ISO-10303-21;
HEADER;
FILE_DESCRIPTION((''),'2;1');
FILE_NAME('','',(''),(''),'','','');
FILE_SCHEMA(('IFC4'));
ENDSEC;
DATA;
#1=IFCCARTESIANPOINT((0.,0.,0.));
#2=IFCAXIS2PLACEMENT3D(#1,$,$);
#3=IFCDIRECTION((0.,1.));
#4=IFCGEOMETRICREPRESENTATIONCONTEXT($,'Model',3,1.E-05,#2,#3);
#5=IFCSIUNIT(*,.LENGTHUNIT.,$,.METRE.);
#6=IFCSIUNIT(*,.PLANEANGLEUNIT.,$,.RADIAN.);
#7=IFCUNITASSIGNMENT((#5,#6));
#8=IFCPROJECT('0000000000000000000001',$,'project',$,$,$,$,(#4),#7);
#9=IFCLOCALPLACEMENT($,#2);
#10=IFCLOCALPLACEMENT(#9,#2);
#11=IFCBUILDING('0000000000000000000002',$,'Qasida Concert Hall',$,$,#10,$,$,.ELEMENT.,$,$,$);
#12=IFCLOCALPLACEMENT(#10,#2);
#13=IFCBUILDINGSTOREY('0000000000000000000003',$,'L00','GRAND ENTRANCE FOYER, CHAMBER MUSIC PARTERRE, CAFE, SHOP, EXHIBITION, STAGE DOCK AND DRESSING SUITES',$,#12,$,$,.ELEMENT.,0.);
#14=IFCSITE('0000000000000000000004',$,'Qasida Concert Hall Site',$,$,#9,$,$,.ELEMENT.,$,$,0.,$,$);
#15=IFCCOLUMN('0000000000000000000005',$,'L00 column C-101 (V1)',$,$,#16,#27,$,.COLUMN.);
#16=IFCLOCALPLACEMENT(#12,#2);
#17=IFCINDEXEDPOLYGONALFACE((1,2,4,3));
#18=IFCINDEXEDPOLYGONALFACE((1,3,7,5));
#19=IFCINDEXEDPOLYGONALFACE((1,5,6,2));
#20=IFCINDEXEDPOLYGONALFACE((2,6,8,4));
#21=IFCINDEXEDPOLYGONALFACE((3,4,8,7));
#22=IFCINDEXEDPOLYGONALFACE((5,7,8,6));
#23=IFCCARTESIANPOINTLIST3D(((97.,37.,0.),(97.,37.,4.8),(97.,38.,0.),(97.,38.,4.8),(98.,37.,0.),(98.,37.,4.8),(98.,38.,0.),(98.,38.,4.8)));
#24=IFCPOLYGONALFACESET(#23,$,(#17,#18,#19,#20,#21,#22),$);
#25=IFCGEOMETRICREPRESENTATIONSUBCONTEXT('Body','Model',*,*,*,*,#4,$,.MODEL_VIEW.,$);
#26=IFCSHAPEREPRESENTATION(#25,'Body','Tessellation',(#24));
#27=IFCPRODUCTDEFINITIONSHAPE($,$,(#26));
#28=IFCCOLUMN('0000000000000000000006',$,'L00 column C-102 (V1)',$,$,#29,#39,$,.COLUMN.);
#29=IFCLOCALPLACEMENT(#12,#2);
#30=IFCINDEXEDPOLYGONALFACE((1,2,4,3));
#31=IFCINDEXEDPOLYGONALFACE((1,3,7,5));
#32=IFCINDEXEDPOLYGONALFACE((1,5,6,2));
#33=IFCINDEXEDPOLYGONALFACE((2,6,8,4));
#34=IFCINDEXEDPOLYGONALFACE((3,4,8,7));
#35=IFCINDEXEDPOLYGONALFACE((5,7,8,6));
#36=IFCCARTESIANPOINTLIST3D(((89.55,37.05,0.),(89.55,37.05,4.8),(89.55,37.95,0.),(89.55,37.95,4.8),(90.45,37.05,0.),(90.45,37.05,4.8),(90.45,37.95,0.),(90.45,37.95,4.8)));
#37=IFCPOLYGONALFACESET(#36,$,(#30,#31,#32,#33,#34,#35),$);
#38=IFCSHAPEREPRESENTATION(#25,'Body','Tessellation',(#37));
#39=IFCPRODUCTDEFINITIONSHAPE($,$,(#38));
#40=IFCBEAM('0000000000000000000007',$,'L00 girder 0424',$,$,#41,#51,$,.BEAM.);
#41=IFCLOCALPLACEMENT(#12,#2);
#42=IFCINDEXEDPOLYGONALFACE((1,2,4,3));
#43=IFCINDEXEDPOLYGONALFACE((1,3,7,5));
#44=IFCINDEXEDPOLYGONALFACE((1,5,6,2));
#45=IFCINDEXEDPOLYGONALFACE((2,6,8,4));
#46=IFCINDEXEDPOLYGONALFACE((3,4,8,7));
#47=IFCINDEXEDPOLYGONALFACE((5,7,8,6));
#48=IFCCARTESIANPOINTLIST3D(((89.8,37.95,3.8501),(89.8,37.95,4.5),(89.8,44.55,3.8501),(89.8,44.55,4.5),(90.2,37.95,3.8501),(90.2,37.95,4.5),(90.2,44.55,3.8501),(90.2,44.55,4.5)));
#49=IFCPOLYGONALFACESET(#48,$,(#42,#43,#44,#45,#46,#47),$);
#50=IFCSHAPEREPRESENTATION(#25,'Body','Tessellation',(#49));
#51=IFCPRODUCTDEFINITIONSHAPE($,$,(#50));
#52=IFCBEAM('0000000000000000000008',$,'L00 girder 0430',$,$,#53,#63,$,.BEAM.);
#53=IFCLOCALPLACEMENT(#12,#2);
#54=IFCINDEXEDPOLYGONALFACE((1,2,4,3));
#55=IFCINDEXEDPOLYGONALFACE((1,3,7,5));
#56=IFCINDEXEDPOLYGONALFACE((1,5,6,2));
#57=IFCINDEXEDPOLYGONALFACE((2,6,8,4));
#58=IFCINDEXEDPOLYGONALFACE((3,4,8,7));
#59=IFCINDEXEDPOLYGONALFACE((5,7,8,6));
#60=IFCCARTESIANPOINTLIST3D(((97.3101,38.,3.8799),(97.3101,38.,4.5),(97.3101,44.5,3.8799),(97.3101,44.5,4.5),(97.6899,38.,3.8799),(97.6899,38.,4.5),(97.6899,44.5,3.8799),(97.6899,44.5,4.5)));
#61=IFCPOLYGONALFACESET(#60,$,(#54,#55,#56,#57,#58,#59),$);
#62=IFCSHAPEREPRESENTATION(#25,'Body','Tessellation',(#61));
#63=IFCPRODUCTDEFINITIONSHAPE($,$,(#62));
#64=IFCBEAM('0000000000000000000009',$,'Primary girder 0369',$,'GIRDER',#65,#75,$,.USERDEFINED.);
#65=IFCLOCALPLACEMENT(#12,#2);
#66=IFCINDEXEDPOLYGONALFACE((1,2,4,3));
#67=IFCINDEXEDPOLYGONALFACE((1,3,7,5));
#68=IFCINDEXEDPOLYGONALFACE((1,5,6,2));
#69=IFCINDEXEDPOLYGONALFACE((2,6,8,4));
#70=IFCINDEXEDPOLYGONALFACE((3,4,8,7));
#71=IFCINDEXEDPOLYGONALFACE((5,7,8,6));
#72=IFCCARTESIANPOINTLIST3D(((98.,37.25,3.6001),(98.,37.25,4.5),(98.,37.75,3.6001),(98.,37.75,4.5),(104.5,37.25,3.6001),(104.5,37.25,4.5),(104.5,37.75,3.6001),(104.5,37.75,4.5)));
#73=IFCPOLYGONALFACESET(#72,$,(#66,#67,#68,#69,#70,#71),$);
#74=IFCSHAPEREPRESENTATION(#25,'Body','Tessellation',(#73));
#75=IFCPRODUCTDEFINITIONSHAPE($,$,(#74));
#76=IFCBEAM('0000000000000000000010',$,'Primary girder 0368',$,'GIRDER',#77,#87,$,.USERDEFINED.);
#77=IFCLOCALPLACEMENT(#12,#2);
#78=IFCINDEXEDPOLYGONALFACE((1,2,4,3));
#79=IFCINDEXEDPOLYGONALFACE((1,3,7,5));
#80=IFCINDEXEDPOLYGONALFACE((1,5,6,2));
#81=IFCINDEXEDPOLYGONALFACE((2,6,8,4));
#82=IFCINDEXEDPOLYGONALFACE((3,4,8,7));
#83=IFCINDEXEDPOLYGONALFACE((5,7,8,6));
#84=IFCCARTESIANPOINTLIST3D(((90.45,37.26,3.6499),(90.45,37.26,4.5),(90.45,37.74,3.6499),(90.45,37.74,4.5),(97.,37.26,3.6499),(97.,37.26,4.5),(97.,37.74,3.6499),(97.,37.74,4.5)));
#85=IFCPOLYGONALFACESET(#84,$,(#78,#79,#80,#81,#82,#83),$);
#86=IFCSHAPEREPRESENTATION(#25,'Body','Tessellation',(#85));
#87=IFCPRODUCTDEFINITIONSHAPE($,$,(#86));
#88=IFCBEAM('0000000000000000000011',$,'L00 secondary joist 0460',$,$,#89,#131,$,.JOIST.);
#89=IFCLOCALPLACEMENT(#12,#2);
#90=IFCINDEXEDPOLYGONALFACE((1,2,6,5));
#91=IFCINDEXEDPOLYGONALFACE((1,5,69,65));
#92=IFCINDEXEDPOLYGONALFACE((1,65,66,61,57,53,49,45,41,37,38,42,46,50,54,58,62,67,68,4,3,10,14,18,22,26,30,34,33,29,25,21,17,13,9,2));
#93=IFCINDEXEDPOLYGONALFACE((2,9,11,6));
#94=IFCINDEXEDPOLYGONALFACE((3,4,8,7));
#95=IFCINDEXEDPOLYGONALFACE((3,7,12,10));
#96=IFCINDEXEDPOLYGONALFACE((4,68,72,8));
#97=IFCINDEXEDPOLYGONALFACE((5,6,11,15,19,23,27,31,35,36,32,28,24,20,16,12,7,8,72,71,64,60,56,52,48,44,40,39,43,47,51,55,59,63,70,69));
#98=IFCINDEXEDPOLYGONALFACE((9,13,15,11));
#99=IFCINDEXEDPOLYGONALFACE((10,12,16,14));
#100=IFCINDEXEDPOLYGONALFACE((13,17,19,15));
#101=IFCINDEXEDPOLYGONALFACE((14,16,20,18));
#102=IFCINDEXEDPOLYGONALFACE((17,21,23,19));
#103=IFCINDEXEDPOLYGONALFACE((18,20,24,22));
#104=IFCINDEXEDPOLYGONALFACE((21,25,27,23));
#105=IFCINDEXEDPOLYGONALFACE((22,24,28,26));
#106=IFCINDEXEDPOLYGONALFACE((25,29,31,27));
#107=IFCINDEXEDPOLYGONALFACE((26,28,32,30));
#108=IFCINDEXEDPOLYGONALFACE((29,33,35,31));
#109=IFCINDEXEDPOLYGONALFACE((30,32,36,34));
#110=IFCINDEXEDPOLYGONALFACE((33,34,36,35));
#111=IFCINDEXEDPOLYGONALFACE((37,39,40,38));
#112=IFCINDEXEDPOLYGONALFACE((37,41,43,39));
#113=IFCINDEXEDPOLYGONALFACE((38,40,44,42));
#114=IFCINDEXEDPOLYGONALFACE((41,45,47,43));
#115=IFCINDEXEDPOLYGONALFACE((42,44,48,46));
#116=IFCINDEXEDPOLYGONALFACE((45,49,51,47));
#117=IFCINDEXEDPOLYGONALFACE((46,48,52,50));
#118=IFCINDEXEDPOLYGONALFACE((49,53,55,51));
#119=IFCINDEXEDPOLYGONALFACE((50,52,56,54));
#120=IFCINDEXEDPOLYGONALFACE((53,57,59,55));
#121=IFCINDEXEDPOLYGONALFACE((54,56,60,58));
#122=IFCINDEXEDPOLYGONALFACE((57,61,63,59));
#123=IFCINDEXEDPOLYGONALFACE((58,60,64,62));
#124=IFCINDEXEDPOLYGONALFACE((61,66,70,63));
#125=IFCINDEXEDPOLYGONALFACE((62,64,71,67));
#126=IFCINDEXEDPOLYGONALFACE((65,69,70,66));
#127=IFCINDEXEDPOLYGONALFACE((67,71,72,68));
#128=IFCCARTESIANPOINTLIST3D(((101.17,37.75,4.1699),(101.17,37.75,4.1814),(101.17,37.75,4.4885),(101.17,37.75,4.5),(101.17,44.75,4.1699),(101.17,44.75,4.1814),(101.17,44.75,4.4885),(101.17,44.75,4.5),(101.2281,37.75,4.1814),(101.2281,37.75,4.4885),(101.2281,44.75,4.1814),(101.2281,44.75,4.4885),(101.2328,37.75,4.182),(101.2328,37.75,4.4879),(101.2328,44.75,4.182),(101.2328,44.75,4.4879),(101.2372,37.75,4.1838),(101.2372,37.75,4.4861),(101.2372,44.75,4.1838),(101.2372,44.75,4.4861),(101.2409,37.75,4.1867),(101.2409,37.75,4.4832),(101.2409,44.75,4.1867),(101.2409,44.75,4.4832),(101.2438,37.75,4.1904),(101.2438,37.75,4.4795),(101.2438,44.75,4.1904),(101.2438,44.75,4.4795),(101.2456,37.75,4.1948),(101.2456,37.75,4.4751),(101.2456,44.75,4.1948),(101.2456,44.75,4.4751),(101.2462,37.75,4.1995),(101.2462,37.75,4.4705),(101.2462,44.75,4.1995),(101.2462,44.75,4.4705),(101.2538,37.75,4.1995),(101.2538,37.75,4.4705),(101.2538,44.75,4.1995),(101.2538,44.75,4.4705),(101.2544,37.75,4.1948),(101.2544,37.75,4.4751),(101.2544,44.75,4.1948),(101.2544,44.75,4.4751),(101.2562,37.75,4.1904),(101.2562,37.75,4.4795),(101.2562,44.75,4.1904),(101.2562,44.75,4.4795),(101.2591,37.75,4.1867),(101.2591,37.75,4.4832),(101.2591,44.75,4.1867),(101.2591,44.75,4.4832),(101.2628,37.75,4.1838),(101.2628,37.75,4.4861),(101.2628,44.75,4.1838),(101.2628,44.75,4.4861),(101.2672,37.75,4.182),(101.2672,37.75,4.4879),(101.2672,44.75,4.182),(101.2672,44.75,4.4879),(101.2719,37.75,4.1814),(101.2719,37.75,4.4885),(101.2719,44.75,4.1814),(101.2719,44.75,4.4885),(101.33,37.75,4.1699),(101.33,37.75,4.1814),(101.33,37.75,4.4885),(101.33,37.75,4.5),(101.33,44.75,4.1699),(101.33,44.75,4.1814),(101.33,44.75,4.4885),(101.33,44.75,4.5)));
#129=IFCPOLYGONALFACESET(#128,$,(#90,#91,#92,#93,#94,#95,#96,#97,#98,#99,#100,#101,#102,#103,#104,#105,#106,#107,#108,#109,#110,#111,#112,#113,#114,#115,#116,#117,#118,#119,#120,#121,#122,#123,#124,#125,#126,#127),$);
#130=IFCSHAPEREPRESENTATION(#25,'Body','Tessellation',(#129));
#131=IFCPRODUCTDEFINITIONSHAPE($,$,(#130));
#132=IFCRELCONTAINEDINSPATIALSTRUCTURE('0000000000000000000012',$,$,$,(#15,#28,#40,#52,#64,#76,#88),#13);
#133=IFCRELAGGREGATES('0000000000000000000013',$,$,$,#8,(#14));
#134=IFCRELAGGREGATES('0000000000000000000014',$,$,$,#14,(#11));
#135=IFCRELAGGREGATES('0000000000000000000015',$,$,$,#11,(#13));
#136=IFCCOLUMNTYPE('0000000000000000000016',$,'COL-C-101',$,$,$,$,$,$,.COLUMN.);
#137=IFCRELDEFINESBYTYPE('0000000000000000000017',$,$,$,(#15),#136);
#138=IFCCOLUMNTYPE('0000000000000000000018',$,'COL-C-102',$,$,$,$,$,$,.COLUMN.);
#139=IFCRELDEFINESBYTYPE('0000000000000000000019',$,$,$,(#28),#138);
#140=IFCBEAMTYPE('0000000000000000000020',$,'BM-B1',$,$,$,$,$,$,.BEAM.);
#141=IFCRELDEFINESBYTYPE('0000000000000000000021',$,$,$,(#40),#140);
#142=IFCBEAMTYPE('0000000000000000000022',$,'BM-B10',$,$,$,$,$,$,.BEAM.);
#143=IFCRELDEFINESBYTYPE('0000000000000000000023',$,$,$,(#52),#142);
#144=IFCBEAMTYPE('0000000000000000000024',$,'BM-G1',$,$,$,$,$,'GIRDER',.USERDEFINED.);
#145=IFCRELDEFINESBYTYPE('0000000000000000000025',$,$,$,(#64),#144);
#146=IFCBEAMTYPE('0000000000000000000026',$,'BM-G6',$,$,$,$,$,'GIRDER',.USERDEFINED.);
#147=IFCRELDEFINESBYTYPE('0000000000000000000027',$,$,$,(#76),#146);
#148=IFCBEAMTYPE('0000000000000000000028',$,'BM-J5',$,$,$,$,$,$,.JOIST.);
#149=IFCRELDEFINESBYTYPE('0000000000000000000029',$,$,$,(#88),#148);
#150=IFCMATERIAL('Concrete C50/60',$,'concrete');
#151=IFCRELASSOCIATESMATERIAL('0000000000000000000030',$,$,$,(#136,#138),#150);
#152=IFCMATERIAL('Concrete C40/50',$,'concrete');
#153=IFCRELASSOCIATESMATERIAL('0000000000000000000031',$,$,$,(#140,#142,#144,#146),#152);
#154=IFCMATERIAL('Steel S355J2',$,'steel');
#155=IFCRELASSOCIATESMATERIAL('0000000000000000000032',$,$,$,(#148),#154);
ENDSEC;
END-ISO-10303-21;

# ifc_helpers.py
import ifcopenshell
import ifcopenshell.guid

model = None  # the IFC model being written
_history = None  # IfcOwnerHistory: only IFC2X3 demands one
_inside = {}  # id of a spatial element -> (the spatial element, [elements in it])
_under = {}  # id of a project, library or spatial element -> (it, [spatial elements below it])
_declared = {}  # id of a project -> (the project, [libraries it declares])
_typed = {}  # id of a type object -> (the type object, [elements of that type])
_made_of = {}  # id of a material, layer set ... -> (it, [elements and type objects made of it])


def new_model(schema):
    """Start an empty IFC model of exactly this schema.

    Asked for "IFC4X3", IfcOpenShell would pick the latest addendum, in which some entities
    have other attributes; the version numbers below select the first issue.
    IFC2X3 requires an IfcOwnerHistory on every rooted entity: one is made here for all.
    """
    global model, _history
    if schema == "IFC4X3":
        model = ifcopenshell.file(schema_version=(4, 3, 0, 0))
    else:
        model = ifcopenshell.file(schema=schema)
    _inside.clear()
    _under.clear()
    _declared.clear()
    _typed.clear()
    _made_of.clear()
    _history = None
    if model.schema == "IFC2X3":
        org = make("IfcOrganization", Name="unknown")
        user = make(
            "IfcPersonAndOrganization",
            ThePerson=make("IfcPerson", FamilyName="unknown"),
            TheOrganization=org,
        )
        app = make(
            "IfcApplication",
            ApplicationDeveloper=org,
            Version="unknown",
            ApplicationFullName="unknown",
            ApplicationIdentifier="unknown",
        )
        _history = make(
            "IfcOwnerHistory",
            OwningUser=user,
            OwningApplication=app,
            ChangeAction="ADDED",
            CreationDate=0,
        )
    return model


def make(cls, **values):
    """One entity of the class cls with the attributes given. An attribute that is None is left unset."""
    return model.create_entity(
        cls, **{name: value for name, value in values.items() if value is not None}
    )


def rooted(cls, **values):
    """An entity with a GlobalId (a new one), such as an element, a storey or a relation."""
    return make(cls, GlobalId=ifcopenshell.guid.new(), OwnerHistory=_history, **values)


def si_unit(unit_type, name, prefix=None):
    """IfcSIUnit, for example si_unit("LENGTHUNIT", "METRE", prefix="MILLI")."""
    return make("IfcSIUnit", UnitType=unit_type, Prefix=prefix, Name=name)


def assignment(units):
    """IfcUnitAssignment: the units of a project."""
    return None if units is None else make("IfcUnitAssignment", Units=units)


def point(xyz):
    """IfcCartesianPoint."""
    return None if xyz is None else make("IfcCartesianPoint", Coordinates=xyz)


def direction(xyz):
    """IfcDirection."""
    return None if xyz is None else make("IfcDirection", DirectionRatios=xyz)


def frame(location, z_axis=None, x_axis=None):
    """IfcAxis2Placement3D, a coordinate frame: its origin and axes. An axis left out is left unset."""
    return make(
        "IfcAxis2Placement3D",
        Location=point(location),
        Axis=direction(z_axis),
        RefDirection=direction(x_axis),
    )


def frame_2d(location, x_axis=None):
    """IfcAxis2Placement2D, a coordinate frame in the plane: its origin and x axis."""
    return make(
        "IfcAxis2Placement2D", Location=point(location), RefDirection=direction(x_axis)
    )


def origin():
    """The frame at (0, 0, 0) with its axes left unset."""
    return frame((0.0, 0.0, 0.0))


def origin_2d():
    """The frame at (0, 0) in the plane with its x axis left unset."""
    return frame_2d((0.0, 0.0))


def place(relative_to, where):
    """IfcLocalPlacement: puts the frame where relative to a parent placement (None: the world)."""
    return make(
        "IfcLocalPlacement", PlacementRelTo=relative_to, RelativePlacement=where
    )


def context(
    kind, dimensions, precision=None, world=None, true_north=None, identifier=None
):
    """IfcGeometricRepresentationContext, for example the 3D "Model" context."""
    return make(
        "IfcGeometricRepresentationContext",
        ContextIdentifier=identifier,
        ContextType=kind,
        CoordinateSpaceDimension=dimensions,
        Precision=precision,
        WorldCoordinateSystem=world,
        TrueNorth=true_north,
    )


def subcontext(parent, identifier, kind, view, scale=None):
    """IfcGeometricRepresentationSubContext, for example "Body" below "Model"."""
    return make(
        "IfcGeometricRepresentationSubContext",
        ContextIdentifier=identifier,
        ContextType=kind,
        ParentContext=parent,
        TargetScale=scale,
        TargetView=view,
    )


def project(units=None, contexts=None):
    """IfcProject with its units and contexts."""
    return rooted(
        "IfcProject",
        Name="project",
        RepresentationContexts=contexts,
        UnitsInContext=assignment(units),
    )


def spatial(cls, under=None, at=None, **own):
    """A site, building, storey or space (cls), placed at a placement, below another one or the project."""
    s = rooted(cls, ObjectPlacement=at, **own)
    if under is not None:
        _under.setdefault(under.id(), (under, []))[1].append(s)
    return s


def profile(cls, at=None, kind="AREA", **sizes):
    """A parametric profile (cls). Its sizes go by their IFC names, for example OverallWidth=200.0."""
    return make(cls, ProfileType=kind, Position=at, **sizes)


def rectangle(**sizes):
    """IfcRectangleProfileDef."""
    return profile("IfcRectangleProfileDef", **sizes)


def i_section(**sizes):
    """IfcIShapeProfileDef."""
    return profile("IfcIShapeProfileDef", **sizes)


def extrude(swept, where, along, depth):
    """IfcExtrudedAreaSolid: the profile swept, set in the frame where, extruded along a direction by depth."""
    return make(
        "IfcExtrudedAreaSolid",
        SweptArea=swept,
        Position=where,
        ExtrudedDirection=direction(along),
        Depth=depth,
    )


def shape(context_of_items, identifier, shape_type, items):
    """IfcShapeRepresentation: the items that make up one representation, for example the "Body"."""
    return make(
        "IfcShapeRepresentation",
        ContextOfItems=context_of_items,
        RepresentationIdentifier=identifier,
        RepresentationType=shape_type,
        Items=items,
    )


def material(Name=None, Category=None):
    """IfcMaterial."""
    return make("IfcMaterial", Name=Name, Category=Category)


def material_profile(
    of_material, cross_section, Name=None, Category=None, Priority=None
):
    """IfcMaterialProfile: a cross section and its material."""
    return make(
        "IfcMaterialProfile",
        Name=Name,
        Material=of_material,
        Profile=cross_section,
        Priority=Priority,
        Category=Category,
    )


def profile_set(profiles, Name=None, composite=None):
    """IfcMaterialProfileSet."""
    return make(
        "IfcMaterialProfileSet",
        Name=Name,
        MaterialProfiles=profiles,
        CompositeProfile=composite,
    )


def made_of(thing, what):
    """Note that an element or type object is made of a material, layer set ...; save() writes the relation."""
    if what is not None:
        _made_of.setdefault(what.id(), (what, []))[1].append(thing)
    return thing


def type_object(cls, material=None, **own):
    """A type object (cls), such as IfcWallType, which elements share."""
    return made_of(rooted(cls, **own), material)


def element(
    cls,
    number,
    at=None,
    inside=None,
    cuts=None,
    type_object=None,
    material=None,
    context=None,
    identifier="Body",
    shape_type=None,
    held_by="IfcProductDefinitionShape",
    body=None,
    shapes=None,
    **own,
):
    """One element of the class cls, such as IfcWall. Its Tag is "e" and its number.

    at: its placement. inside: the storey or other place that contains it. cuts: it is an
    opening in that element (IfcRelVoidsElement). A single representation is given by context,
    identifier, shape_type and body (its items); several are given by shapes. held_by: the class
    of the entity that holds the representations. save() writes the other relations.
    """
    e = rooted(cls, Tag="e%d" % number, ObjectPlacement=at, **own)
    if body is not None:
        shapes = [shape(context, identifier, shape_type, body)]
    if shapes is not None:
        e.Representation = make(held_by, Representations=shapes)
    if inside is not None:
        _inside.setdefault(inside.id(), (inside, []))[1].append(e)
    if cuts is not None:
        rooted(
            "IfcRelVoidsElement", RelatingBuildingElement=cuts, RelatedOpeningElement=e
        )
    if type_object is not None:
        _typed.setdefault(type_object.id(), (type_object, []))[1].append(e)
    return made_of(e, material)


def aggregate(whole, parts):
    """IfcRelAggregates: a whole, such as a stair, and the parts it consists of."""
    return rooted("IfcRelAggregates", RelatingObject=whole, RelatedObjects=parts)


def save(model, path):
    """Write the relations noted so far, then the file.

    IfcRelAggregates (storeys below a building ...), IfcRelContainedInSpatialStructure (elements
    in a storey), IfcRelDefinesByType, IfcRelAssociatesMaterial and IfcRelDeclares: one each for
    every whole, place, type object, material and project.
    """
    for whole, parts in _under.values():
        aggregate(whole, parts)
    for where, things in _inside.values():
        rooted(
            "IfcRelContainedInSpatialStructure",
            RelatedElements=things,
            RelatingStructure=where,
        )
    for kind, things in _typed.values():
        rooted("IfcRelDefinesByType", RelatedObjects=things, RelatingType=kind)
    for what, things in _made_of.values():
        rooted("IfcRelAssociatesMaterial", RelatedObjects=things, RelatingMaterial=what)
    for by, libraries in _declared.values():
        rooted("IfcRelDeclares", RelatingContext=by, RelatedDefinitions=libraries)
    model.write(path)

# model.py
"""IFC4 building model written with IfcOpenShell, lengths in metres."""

from ifc_helpers import new_model, si_unit, direction, frame, origin, origin_2d, place, context, subcontext, project, spatial, rectangle, i_section, extrude, material, material_profile, profile_set, type_object, element, save


model = new_model("IFC4")

# Units and contexts
model_context = context("Model", 3, precision=1e-05, world=origin(), true_north=direction((0.0, 1.0)))
body_context = subcontext(model_context, "Body", "Model", "MODEL_VIEW")
ifc_project = project(units=[si_unit("LENGTHUNIT", "METRE"), si_unit("PLANEANGLEUNIT", "RADIAN")], contexts=[model_context])

# Site, building, storey
site_placement = place(None, origin())
site = spatial("IfcSite", under=ifc_project, at=site_placement, Name="Qasida Concert Hall Site", CompositionType="ELEMENT", RefElevation=0.0)
building_placement = place(site_placement, origin())
building = spatial("IfcBuilding", under=site, at=building_placement, Name="Qasida Concert Hall", CompositionType="ELEMENT")
storey_placement = place(building_placement, origin())
storey = spatial("IfcBuildingStorey", under=building, at=storey_placement, Name="L00", Description="GRAND ENTRANCE FOYER, CHAMBER MUSIC PARTERRE, CAFE, SHOP, EXHIBITION, STAGE DOCK AND DRESSING SUITES", CompositionType="ELEMENT", Elevation=0.0)

# Columns
ifc_material_1 = material(Name="Concrete C50/60", Category="concrete")
ifc_material_profile_1 = material_profile(ifc_material_1, rectangle(XDim=1.0, YDim=1.0, at=origin_2d()), Name="RC 1000x1000")
ifc_profile_set_1 = profile_set([ifc_material_profile_1], Name="Concrete C50/60")
column_type_1 = type_object("IfcColumnType", Name="COL-C-101", PredefinedType="COLUMN", material=ifc_profile_set_1)
column_1_placement = place(storey_placement, frame((97.5, 37.5, 0.0), z_axis=(0.0, 0.0, 1.0), x_axis=(1.0, 0.0, 0.0)))
element("IfcColumn", 1, at=column_1_placement, inside=storey, type_object=column_type_1, Name="L00 column C-101 (V1)", PredefinedType="COLUMN", context=body_context, shape_type="SweptSolid", body=[
    extrude(rectangle(XDim=1.0, YDim=1.0, at=origin_2d()), origin(), (0.0, 0.0, 1.0), 4.8),
])
ifc_material_profile_2 = material_profile(ifc_material_1, rectangle(XDim=0.8999, YDim=0.8999, at=origin_2d()), Name="RC 900x900")
ifc_profile_set_2 = profile_set([ifc_material_profile_2], Name="Concrete C50/60")
column_type_2 = type_object("IfcColumnType", Name="COL-C-102", PredefinedType="COLUMN", material=ifc_profile_set_2)
column_2_placement = place(storey_placement, frame((90.0, 37.5, 0.0), z_axis=(0.0, 0.0, 1.0), x_axis=(1.0, 0.0, 0.0)))
element("IfcColumn", 2, at=column_2_placement, inside=storey, type_object=column_type_2, Name="L00 column C-102 (V1)", PredefinedType="COLUMN", context=body_context, shape_type="SweptSolid", body=[
    extrude(rectangle(XDim=0.8999, YDim=0.8999, at=origin_2d()), origin(), (0.0, 0.0, 1.0), 4.8),
])

# Beams
ifc_material_2 = material(Name="Concrete C40/50", Category="concrete")
ifc_material_profile_3 = material_profile(ifc_material_2, rectangle(XDim=0.3999, YDim=0.6499, at=origin_2d()), Name="RC 400x650")
ifc_profile_set_3 = profile_set([ifc_material_profile_3], Name="Concrete C40/50")
beam_type_1 = type_object("IfcBeamType", Name="BM-B1", PredefinedType="BEAM", material=ifc_profile_set_3)
beam_1_placement = place(storey_placement, frame((90.0, 37.95, 4.175), z_axis=(0.0, 1.0, 0.0), x_axis=(-1.0, 0.0, 0.0)))
element("IfcBeam", 3, at=beam_1_placement, inside=storey, type_object=beam_type_1, Name="L00 girder 0424", PredefinedType="BEAM", context=body_context, shape_type="SweptSolid", body=[
    extrude(rectangle(XDim=0.3999, YDim=0.6499, at=origin_2d()), origin(), (0.0, 0.0, 1.0), 6.6001),
])
ifc_material_profile_4 = material_profile(ifc_material_2, rectangle(XDim=0.3799, YDim=0.6201, at=origin_2d()), Name="RC 380x620")
ifc_profile_set_4 = profile_set([ifc_material_profile_4], Name="Concrete C40/50")
beam_type_2 = type_object("IfcBeamType", Name="BM-B10", PredefinedType="BEAM", material=ifc_profile_set_4)
beam_2_placement = place(storey_placement, frame((97.5, 38.0, 4.1899), z_axis=(0.0, 1.0, 0.0), x_axis=(-1.0, 0.0, 0.0)))
element("IfcBeam", 4, at=beam_2_placement, inside=storey, type_object=beam_type_2, Name="L00 girder 0430", PredefinedType="BEAM", context=body_context, shape_type="SweptSolid", body=[
    extrude(rectangle(XDim=0.3799, YDim=0.6201, at=origin_2d()), origin(), (0.0, 0.0, 1.0), 6.5),
])
ifc_material_profile_5 = material_profile(ifc_material_2, rectangle(XDim=0.5, YDim=0.8999, at=origin_2d()), Name="RC 500x900")
ifc_profile_set_5 = profile_set([ifc_material_profile_5], Name="Concrete C40/50")
beam_type_3 = type_object("IfcBeamType", Name="BM-G1", ElementType="GIRDER", PredefinedType="USERDEFINED", material=ifc_profile_set_5)
beam_3_placement = place(storey_placement, frame((98.0, 37.5, 4.05), z_axis=(1.0, 0.0, 0.0), x_axis=(0.0, 1.0, 0.0)))
element("IfcBeam", 5, at=beam_3_placement, inside=storey, type_object=beam_type_3, Name="Primary girder 0369", ObjectType="GIRDER", PredefinedType="USERDEFINED", context=body_context, shape_type="SweptSolid", body=[
    extrude(rectangle(XDim=0.5, YDim=0.8999, at=origin_2d()), origin(), (0.0, 0.0, 1.0), 6.5),
])
ifc_material_profile_6 = material_profile(ifc_material_2, rectangle(XDim=0.48, YDim=0.8501, at=origin_2d()), Name="RC 480x850")
ifc_profile_set_6 = profile_set([ifc_material_profile_6], Name="Concrete C40/50")
beam_type_4 = type_object("IfcBeamType", Name="BM-G6", ElementType="GIRDER", PredefinedType="USERDEFINED", material=ifc_profile_set_6)
beam_4_placement = place(storey_placement, frame((90.45, 37.5, 4.075), z_axis=(1.0, 0.0, 0.0), x_axis=(0.0, 1.0, 0.0)))
element("IfcBeam", 6, at=beam_4_placement, inside=storey, type_object=beam_type_4, Name="Primary girder 0368", ObjectType="GIRDER", PredefinedType="USERDEFINED", context=body_context, shape_type="SweptSolid", body=[
    extrude(rectangle(XDim=0.48, YDim=0.8501, at=origin_2d()), origin(), (0.0, 0.0, 1.0), 6.55),
])
ifc_material_3 = material(Name="Steel S355J2", Category="steel")
ifc_material_profile_7 = material_profile(ifc_material_3, i_section(OverallWidth=0.1599, OverallDepth=0.3301, WebThickness=0.0076, FlangeThickness=0.0115, FilletRadius=0.0181, at=origin_2d()), Name="IPE 330")
ifc_profile_set_7 = profile_set([ifc_material_profile_7], Name="Steel S355J2")
beam_type_5 = type_object("IfcBeamType", Name="BM-J5", PredefinedType="JOIST", material=ifc_profile_set_7)
beam_5_placement = place(storey_placement, frame((101.25, 37.75, 4.335), z_axis=(0.0, 1.0, 0.0), x_axis=(-1.0, 0.0, 0.0)))
element("IfcBeam", 7, at=beam_5_placement, inside=storey, type_object=beam_type_5, Name="L00 secondary joist 0460", PredefinedType="JOIST", context=body_context, shape_type="SweptSolid", body=[
    extrude(i_section(OverallWidth=0.1599, OverallDepth=0.3301, WebThickness=0.0076, FlangeThickness=0.0115, FilletRadius=0.0181, at=origin_2d()), origin(), (0.0, 0.0, 1.0), 7.0),
])

save(model, "model.ifc")
